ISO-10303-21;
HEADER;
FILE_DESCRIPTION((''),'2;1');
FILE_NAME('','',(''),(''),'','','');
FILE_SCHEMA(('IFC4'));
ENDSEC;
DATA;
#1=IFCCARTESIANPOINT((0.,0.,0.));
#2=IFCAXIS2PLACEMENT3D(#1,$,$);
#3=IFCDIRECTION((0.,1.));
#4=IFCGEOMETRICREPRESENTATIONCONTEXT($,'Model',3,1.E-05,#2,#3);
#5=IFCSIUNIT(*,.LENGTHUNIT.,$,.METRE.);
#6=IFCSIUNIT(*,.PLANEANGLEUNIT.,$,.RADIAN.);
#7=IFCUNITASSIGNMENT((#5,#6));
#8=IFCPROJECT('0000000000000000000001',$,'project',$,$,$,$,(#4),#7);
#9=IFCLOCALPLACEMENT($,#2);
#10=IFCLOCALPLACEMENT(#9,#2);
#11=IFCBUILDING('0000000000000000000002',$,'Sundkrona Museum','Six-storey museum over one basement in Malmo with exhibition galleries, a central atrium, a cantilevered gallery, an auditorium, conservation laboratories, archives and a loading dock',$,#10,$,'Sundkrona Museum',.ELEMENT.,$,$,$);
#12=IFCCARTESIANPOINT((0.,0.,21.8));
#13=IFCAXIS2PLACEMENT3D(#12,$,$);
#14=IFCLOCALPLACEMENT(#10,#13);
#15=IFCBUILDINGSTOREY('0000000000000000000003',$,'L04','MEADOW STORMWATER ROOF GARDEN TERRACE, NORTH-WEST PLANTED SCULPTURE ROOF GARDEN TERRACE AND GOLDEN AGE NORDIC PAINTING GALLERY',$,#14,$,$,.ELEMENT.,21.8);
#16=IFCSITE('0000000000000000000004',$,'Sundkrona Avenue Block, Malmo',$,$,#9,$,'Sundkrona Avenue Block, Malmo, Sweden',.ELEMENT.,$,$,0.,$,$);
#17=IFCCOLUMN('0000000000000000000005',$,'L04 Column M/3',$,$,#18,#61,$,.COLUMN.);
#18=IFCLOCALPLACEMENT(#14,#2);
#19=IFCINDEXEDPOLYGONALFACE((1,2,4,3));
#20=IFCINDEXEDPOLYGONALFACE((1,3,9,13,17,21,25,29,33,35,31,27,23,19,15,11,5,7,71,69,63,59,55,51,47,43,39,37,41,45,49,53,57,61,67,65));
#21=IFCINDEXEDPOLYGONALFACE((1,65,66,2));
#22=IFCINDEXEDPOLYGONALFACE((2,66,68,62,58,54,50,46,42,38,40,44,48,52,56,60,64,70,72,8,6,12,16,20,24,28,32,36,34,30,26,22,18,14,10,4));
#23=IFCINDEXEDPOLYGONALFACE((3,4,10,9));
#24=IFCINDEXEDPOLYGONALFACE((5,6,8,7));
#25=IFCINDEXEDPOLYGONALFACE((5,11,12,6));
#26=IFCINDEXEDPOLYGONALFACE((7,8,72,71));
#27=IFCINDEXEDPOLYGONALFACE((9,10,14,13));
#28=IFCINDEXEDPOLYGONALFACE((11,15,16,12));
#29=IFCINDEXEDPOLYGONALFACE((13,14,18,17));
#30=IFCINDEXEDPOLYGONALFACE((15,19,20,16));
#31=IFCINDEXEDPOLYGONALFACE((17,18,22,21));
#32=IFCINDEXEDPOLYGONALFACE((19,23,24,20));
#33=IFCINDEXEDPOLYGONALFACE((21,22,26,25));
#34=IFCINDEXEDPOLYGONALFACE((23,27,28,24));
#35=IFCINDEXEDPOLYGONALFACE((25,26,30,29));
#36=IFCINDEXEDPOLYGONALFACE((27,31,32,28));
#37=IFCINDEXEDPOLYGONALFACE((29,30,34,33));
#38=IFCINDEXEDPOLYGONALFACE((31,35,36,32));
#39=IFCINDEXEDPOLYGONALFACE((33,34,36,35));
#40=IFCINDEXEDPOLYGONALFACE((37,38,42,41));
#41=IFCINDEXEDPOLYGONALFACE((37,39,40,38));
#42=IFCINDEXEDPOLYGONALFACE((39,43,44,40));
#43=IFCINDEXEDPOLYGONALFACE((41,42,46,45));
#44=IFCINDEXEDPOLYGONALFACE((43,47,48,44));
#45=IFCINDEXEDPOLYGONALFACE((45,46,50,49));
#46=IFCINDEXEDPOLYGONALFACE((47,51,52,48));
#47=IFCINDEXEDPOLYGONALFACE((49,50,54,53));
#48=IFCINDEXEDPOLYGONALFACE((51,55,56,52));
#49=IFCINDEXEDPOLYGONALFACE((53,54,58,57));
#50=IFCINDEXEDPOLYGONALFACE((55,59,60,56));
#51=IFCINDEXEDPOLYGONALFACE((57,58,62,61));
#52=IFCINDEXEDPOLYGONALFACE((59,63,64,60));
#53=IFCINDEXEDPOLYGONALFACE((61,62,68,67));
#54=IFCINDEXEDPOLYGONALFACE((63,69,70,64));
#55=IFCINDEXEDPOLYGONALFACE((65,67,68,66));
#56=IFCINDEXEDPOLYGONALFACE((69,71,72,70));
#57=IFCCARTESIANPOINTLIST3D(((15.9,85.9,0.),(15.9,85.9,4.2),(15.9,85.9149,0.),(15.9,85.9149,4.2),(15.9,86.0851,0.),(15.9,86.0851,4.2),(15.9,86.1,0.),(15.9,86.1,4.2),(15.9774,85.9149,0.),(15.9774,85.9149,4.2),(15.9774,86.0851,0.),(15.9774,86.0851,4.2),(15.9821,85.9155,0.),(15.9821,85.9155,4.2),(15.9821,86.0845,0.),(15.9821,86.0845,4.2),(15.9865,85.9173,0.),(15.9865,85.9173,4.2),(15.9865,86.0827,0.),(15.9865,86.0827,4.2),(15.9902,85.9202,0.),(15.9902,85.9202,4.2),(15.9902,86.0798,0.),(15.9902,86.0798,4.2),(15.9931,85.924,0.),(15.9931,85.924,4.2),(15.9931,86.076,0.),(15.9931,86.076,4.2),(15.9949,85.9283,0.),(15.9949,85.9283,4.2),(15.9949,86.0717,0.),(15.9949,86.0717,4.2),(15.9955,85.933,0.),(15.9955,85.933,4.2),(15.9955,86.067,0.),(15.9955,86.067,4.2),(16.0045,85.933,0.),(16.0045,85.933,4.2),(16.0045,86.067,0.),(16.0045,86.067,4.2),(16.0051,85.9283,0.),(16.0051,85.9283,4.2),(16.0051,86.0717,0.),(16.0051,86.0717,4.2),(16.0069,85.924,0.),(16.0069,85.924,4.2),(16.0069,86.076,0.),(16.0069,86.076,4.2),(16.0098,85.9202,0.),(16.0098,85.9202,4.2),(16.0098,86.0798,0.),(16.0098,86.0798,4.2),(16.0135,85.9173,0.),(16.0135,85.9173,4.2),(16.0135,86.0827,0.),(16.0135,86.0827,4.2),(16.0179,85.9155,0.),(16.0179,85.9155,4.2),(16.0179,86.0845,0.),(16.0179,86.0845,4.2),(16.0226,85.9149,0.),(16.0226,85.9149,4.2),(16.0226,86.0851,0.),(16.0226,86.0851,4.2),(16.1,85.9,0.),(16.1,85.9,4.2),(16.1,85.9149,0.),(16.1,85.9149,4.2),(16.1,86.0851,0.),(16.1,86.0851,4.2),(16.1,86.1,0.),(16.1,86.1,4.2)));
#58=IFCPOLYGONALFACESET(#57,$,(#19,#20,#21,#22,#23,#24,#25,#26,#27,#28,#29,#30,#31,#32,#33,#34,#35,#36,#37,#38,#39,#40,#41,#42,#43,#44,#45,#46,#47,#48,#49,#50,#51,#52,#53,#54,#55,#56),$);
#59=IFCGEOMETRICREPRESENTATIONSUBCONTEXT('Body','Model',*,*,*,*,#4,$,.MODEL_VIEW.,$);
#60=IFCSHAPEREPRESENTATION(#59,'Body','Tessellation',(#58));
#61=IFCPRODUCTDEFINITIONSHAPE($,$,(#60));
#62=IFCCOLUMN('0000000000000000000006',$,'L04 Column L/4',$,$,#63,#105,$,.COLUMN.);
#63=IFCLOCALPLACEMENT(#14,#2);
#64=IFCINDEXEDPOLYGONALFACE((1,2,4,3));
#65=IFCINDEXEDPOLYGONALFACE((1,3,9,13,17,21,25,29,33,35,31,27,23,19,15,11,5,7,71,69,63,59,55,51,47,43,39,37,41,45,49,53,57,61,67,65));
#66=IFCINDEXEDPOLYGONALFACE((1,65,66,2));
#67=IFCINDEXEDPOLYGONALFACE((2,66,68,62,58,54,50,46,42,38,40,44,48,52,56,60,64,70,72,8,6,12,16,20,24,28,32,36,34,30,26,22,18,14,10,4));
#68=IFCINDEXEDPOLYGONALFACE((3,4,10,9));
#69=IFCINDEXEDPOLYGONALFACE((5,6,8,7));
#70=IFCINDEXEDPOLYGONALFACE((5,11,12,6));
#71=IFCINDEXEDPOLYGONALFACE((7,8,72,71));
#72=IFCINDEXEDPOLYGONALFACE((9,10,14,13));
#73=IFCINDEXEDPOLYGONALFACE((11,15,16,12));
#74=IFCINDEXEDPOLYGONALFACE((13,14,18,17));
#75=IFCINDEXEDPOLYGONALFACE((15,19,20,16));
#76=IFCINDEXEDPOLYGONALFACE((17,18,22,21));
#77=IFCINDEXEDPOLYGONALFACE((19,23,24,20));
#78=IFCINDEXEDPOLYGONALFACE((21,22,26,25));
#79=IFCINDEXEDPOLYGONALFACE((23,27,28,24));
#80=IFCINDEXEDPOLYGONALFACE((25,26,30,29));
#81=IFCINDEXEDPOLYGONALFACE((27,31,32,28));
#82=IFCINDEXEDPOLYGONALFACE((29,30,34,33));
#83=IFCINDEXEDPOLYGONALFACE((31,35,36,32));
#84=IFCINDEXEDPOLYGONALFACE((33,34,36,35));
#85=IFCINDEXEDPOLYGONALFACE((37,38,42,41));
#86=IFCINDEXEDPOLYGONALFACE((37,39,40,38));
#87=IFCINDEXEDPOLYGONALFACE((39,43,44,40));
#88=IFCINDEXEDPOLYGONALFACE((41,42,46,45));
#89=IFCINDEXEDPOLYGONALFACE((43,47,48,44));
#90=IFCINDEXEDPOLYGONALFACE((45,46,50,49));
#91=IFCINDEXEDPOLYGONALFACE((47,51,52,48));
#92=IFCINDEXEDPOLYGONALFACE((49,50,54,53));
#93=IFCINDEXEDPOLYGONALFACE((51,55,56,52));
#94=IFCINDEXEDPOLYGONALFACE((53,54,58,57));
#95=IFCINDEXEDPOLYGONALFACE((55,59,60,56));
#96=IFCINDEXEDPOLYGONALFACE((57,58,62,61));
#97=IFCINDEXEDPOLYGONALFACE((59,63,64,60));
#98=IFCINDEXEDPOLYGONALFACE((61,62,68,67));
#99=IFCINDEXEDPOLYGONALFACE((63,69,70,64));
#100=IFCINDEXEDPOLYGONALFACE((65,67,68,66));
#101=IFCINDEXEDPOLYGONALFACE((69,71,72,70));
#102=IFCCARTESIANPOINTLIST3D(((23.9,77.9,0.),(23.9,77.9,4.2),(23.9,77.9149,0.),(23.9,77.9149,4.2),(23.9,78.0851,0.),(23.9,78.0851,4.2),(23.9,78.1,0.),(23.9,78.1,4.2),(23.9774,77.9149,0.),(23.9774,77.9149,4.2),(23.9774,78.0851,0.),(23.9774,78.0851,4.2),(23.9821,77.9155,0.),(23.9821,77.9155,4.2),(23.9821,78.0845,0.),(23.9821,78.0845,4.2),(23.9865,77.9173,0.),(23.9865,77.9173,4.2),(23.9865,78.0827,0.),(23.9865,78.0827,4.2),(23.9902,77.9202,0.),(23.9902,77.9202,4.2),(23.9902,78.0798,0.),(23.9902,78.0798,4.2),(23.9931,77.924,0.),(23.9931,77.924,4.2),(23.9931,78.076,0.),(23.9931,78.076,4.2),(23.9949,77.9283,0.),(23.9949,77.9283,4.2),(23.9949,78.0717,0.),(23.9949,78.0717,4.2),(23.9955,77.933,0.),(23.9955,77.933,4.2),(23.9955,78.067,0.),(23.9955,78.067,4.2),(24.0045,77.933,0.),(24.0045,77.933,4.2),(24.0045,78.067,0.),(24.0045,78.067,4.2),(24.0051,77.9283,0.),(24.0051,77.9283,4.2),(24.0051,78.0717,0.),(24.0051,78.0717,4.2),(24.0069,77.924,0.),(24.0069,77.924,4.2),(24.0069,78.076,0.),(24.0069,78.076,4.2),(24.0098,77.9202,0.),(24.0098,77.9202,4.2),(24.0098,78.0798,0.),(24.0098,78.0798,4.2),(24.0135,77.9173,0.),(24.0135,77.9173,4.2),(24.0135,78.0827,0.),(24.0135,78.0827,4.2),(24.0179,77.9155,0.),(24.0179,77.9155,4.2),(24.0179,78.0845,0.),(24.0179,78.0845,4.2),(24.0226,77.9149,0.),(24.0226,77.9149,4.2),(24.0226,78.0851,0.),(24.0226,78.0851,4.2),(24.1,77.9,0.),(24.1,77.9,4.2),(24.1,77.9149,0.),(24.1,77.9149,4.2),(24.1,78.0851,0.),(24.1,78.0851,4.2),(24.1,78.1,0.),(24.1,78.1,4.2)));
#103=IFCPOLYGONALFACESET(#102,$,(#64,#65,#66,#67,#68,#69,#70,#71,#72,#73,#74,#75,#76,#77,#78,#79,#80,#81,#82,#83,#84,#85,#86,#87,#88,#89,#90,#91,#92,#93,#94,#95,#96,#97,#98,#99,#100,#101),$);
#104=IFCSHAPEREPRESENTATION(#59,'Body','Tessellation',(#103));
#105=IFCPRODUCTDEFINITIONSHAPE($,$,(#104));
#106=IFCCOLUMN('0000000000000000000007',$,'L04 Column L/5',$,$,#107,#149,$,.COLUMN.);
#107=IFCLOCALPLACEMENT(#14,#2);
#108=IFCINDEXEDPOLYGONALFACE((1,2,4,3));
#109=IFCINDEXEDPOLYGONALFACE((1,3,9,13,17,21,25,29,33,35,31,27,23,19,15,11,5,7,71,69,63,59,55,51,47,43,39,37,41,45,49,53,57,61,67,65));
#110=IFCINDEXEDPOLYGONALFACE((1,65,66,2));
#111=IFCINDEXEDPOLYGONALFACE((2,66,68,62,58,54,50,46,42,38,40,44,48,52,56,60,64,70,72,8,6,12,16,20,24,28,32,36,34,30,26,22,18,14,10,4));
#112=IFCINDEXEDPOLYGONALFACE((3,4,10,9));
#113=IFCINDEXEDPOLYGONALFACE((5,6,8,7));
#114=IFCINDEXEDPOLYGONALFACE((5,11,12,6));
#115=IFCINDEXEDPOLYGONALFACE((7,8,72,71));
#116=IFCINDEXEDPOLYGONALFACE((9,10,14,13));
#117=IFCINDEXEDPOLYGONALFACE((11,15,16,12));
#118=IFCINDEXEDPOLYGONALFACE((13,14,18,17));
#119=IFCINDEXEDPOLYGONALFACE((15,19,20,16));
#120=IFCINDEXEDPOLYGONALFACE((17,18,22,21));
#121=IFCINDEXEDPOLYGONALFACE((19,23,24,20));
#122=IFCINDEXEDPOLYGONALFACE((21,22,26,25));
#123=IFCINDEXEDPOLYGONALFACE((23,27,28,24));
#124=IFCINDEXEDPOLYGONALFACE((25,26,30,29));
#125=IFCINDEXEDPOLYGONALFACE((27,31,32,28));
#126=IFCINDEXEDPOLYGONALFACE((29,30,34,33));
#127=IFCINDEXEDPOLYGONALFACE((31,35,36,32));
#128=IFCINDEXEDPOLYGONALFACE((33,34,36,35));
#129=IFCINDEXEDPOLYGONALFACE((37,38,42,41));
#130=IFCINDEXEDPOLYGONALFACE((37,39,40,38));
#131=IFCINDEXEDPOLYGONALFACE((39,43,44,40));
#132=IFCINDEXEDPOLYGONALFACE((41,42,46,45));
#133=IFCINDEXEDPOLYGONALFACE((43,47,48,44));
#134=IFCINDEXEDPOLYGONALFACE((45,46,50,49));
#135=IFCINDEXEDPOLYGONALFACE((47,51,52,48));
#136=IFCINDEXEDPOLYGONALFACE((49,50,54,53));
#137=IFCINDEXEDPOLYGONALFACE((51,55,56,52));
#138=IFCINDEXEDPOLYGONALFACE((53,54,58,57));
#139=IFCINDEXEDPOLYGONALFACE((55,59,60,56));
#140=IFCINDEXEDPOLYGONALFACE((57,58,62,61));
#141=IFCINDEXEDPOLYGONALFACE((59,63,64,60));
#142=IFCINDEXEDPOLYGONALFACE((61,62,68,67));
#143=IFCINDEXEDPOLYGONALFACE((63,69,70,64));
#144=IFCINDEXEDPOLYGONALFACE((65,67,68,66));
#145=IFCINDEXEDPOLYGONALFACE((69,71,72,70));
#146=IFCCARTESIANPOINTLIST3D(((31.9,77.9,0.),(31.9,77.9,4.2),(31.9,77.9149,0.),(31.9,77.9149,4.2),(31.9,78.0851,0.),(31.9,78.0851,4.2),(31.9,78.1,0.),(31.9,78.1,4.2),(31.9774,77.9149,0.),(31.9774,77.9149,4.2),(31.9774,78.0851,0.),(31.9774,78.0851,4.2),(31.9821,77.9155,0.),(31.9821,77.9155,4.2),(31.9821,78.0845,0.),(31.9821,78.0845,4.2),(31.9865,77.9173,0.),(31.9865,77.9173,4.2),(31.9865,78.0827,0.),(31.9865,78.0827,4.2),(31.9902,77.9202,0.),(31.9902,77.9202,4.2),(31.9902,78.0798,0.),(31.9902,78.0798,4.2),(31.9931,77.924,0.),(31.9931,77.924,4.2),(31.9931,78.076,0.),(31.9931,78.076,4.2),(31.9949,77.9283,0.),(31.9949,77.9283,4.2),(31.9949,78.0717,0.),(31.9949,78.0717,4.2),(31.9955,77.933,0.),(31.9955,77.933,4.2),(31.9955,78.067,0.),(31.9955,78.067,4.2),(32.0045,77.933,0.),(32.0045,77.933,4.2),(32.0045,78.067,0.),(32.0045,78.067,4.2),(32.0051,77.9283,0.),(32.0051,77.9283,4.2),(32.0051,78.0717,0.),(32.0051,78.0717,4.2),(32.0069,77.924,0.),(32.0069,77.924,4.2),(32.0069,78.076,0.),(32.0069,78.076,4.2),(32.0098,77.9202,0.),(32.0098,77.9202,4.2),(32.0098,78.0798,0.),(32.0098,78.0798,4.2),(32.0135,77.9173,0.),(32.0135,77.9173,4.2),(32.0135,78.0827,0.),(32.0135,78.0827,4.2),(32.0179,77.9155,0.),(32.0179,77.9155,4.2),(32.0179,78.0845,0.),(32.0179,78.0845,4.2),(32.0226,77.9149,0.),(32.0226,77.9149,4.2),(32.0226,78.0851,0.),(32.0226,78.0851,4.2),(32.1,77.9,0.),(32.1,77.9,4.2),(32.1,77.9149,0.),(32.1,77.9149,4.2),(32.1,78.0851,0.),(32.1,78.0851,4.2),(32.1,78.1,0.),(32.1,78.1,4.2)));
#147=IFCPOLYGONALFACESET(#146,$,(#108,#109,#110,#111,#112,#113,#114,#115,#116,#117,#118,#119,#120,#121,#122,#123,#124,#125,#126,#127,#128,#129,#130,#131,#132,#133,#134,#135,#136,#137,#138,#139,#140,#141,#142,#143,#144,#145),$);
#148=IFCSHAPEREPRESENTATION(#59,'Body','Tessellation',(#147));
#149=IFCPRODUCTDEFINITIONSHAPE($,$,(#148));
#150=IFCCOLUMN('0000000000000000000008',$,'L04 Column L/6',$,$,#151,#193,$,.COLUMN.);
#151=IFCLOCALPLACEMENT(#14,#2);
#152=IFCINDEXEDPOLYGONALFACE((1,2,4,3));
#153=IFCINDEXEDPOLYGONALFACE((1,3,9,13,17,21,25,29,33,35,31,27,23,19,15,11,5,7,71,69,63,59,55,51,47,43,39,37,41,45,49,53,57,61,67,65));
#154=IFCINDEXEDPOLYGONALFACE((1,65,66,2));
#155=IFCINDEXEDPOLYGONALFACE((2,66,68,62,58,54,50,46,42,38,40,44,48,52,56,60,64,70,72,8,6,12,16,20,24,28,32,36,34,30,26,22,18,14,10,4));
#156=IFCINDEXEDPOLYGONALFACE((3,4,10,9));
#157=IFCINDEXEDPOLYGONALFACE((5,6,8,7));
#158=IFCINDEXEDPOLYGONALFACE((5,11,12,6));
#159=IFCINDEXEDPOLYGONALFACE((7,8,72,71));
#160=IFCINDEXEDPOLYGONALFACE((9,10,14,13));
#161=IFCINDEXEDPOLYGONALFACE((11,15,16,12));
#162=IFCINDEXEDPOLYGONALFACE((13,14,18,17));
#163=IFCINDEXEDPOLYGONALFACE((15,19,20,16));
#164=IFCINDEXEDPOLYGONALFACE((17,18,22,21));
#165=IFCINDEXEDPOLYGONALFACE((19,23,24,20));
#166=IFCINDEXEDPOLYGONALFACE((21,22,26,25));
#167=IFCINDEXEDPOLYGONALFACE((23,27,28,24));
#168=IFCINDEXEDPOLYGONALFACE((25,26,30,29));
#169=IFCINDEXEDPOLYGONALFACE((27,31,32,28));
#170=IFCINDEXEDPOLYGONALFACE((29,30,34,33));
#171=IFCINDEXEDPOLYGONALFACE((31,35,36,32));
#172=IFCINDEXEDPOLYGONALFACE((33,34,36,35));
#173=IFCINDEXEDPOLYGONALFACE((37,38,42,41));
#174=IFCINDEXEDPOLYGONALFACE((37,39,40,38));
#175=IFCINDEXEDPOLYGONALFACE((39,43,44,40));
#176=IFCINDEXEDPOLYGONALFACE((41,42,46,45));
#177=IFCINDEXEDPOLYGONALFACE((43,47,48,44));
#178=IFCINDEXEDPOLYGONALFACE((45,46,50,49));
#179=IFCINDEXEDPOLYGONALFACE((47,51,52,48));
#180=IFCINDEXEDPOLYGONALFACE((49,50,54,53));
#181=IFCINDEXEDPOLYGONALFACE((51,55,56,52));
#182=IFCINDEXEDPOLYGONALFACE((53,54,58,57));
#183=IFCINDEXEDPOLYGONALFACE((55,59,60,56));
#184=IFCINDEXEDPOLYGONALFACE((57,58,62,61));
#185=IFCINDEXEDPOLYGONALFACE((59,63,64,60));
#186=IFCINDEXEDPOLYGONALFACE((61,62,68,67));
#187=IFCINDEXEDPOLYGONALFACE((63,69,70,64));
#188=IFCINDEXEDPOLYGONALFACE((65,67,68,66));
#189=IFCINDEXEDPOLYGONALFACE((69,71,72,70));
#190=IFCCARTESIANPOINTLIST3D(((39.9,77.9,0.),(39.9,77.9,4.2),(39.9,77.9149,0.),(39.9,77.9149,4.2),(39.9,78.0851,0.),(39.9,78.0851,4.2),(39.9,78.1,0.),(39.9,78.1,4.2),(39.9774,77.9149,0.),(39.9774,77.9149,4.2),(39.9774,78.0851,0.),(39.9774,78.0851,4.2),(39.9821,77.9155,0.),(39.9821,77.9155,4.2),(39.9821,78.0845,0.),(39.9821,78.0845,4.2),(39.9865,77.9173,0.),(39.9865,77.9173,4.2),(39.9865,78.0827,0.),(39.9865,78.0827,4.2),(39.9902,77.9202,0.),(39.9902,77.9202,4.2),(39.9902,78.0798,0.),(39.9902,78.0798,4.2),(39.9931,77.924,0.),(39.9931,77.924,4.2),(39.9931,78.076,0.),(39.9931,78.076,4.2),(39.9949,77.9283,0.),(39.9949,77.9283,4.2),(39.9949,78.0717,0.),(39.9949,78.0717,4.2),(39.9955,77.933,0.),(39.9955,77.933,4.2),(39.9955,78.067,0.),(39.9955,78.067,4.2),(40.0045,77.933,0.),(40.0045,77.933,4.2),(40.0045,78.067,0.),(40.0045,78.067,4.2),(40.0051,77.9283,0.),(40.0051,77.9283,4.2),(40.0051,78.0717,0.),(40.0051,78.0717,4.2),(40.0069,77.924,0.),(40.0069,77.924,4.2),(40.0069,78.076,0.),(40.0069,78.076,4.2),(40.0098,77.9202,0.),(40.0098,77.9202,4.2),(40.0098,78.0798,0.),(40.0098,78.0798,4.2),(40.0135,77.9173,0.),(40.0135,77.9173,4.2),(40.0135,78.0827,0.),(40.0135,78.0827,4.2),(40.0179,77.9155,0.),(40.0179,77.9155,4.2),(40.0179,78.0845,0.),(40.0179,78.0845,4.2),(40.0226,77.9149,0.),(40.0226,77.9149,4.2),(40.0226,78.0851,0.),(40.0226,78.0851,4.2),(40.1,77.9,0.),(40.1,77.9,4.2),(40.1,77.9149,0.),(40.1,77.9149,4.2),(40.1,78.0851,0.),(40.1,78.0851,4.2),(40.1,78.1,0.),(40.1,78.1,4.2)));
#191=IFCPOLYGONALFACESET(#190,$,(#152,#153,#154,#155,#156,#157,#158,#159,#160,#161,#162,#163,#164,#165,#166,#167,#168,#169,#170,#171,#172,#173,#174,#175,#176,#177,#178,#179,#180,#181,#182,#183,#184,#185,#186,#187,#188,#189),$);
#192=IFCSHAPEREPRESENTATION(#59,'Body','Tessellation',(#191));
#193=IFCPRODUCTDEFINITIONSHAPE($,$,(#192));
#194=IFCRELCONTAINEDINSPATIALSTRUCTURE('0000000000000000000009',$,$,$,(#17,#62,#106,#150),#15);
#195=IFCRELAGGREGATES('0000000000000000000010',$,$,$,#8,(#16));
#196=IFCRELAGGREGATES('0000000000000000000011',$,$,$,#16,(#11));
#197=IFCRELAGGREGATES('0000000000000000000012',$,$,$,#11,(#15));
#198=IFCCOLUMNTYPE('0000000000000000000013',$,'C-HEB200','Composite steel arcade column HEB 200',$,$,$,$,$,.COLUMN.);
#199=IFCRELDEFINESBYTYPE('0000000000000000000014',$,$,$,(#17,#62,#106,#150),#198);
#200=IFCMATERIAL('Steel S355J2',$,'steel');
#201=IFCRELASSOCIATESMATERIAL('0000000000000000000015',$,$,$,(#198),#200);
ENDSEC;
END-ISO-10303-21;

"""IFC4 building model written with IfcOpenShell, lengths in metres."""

from ifc_helpers import new_model, si_unit, direction, frame, origin, origin_2d, place, context, subcontext, project, spatial, i_section, extrude, material, material_profile, profile_set, type_object, element, save


model = new_model("IFC4")

# Units and contexts
model_context = context("Model", 3, precision=1e-05, world=origin(), true_north=direction((0.0, 1.0)))
body_context = subcontext(model_context, "Body", "Model", "MODEL_VIEW")
ifc_project = project(units=[si_unit("LENGTHUNIT", "METRE"), si_unit("PLANEANGLEUNIT", "RADIAN")], contexts=[model_context])

# Site, building, storey
site_placement = place(None, origin())
site = spatial("IfcSite", under=ifc_project, at=site_placement, Name="Sundkrona Avenue Block, Malmo", LongName="Sundkrona Avenue Block, Malmo, Sweden", CompositionType="ELEMENT", RefElevation=0.0)
building_placement = place(site_placement, origin())
building = spatial("IfcBuilding", under=site, at=building_placement, Name="Sundkrona Museum", Description="Six-storey museum over one basement in Malmo with exhibition galleries, a central atrium, a cantilevered gallery, an auditorium, conservation laboratories, archives and a loading dock", LongName="Sundkrona Museum", CompositionType="ELEMENT")
storey_placement = place(building_placement, frame((0.0, 0.0, 21.8)))
storey = spatial("IfcBuildingStorey", under=building, at=storey_placement, Name="L04", Description="MEADOW STORMWATER ROOF GARDEN TERRACE, NORTH-WEST PLANTED SCULPTURE ROOF GARDEN TERRACE AND GOLDEN AGE NORDIC PAINTING GALLERY", CompositionType="ELEMENT", Elevation=21.8)

# Columns
ifc_material_1 = material(Name="Steel S355J2", Category="steel")
ifc_material_profile_1 = material_profile(ifc_material_1, i_section(OverallWidth=0.2, OverallDepth=0.2, WebThickness=0.009, FlangeThickness=0.0149, FilletRadius=0.0181, at=origin_2d()), Name="HEB 200")
ifc_profile_set_1 = profile_set([ifc_material_profile_1], Name="Steel S355J2")
column_type_1 = type_object("IfcColumnType", Name="C-HEB200", Description="Composite steel arcade column HEB 200", PredefinedType="COLUMN", material=ifc_profile_set_1)
for number, where, z_axis, x_axis, name in (
    (1, (16.0, 86.0, 0.0), (0.0, 0.0, 1.0), (1.0, 0.0, 0.0), "L04 Column M/3"),
    (2, (24.0, 78.0, 0.0), (0.0, 0.0, 1.0), (1.0, 0.0, 0.0), "L04 Column L/4"),
    (3, (32.0, 78.0, 0.0), (0.0, 0.0, 1.0), (1.0, 0.0, 0.0), "L04 Column L/5"),
    (4, (40.0, 78.0, 0.0), (0.0, 0.0, 1.0), (1.0, 0.0, 0.0), "L04 Column L/6"),
):
    element("IfcColumn", number, at=place(storey_placement, frame(where, z_axis=z_axis, x_axis=x_axis)), inside=storey, type_object=column_type_1, Name=name, PredefinedType="COLUMN", context=body_context, shape_type="SweptSolid", body=[
        extrude(i_section(OverallWidth=0.2, OverallDepth=0.2, WebThickness=0.009, FlangeThickness=0.0149, FilletRadius=0.0181, at=origin_2d()), origin(), (0.0, 0.0, 1.0), 4.2),
    ])

save(model, "model.ifc")
